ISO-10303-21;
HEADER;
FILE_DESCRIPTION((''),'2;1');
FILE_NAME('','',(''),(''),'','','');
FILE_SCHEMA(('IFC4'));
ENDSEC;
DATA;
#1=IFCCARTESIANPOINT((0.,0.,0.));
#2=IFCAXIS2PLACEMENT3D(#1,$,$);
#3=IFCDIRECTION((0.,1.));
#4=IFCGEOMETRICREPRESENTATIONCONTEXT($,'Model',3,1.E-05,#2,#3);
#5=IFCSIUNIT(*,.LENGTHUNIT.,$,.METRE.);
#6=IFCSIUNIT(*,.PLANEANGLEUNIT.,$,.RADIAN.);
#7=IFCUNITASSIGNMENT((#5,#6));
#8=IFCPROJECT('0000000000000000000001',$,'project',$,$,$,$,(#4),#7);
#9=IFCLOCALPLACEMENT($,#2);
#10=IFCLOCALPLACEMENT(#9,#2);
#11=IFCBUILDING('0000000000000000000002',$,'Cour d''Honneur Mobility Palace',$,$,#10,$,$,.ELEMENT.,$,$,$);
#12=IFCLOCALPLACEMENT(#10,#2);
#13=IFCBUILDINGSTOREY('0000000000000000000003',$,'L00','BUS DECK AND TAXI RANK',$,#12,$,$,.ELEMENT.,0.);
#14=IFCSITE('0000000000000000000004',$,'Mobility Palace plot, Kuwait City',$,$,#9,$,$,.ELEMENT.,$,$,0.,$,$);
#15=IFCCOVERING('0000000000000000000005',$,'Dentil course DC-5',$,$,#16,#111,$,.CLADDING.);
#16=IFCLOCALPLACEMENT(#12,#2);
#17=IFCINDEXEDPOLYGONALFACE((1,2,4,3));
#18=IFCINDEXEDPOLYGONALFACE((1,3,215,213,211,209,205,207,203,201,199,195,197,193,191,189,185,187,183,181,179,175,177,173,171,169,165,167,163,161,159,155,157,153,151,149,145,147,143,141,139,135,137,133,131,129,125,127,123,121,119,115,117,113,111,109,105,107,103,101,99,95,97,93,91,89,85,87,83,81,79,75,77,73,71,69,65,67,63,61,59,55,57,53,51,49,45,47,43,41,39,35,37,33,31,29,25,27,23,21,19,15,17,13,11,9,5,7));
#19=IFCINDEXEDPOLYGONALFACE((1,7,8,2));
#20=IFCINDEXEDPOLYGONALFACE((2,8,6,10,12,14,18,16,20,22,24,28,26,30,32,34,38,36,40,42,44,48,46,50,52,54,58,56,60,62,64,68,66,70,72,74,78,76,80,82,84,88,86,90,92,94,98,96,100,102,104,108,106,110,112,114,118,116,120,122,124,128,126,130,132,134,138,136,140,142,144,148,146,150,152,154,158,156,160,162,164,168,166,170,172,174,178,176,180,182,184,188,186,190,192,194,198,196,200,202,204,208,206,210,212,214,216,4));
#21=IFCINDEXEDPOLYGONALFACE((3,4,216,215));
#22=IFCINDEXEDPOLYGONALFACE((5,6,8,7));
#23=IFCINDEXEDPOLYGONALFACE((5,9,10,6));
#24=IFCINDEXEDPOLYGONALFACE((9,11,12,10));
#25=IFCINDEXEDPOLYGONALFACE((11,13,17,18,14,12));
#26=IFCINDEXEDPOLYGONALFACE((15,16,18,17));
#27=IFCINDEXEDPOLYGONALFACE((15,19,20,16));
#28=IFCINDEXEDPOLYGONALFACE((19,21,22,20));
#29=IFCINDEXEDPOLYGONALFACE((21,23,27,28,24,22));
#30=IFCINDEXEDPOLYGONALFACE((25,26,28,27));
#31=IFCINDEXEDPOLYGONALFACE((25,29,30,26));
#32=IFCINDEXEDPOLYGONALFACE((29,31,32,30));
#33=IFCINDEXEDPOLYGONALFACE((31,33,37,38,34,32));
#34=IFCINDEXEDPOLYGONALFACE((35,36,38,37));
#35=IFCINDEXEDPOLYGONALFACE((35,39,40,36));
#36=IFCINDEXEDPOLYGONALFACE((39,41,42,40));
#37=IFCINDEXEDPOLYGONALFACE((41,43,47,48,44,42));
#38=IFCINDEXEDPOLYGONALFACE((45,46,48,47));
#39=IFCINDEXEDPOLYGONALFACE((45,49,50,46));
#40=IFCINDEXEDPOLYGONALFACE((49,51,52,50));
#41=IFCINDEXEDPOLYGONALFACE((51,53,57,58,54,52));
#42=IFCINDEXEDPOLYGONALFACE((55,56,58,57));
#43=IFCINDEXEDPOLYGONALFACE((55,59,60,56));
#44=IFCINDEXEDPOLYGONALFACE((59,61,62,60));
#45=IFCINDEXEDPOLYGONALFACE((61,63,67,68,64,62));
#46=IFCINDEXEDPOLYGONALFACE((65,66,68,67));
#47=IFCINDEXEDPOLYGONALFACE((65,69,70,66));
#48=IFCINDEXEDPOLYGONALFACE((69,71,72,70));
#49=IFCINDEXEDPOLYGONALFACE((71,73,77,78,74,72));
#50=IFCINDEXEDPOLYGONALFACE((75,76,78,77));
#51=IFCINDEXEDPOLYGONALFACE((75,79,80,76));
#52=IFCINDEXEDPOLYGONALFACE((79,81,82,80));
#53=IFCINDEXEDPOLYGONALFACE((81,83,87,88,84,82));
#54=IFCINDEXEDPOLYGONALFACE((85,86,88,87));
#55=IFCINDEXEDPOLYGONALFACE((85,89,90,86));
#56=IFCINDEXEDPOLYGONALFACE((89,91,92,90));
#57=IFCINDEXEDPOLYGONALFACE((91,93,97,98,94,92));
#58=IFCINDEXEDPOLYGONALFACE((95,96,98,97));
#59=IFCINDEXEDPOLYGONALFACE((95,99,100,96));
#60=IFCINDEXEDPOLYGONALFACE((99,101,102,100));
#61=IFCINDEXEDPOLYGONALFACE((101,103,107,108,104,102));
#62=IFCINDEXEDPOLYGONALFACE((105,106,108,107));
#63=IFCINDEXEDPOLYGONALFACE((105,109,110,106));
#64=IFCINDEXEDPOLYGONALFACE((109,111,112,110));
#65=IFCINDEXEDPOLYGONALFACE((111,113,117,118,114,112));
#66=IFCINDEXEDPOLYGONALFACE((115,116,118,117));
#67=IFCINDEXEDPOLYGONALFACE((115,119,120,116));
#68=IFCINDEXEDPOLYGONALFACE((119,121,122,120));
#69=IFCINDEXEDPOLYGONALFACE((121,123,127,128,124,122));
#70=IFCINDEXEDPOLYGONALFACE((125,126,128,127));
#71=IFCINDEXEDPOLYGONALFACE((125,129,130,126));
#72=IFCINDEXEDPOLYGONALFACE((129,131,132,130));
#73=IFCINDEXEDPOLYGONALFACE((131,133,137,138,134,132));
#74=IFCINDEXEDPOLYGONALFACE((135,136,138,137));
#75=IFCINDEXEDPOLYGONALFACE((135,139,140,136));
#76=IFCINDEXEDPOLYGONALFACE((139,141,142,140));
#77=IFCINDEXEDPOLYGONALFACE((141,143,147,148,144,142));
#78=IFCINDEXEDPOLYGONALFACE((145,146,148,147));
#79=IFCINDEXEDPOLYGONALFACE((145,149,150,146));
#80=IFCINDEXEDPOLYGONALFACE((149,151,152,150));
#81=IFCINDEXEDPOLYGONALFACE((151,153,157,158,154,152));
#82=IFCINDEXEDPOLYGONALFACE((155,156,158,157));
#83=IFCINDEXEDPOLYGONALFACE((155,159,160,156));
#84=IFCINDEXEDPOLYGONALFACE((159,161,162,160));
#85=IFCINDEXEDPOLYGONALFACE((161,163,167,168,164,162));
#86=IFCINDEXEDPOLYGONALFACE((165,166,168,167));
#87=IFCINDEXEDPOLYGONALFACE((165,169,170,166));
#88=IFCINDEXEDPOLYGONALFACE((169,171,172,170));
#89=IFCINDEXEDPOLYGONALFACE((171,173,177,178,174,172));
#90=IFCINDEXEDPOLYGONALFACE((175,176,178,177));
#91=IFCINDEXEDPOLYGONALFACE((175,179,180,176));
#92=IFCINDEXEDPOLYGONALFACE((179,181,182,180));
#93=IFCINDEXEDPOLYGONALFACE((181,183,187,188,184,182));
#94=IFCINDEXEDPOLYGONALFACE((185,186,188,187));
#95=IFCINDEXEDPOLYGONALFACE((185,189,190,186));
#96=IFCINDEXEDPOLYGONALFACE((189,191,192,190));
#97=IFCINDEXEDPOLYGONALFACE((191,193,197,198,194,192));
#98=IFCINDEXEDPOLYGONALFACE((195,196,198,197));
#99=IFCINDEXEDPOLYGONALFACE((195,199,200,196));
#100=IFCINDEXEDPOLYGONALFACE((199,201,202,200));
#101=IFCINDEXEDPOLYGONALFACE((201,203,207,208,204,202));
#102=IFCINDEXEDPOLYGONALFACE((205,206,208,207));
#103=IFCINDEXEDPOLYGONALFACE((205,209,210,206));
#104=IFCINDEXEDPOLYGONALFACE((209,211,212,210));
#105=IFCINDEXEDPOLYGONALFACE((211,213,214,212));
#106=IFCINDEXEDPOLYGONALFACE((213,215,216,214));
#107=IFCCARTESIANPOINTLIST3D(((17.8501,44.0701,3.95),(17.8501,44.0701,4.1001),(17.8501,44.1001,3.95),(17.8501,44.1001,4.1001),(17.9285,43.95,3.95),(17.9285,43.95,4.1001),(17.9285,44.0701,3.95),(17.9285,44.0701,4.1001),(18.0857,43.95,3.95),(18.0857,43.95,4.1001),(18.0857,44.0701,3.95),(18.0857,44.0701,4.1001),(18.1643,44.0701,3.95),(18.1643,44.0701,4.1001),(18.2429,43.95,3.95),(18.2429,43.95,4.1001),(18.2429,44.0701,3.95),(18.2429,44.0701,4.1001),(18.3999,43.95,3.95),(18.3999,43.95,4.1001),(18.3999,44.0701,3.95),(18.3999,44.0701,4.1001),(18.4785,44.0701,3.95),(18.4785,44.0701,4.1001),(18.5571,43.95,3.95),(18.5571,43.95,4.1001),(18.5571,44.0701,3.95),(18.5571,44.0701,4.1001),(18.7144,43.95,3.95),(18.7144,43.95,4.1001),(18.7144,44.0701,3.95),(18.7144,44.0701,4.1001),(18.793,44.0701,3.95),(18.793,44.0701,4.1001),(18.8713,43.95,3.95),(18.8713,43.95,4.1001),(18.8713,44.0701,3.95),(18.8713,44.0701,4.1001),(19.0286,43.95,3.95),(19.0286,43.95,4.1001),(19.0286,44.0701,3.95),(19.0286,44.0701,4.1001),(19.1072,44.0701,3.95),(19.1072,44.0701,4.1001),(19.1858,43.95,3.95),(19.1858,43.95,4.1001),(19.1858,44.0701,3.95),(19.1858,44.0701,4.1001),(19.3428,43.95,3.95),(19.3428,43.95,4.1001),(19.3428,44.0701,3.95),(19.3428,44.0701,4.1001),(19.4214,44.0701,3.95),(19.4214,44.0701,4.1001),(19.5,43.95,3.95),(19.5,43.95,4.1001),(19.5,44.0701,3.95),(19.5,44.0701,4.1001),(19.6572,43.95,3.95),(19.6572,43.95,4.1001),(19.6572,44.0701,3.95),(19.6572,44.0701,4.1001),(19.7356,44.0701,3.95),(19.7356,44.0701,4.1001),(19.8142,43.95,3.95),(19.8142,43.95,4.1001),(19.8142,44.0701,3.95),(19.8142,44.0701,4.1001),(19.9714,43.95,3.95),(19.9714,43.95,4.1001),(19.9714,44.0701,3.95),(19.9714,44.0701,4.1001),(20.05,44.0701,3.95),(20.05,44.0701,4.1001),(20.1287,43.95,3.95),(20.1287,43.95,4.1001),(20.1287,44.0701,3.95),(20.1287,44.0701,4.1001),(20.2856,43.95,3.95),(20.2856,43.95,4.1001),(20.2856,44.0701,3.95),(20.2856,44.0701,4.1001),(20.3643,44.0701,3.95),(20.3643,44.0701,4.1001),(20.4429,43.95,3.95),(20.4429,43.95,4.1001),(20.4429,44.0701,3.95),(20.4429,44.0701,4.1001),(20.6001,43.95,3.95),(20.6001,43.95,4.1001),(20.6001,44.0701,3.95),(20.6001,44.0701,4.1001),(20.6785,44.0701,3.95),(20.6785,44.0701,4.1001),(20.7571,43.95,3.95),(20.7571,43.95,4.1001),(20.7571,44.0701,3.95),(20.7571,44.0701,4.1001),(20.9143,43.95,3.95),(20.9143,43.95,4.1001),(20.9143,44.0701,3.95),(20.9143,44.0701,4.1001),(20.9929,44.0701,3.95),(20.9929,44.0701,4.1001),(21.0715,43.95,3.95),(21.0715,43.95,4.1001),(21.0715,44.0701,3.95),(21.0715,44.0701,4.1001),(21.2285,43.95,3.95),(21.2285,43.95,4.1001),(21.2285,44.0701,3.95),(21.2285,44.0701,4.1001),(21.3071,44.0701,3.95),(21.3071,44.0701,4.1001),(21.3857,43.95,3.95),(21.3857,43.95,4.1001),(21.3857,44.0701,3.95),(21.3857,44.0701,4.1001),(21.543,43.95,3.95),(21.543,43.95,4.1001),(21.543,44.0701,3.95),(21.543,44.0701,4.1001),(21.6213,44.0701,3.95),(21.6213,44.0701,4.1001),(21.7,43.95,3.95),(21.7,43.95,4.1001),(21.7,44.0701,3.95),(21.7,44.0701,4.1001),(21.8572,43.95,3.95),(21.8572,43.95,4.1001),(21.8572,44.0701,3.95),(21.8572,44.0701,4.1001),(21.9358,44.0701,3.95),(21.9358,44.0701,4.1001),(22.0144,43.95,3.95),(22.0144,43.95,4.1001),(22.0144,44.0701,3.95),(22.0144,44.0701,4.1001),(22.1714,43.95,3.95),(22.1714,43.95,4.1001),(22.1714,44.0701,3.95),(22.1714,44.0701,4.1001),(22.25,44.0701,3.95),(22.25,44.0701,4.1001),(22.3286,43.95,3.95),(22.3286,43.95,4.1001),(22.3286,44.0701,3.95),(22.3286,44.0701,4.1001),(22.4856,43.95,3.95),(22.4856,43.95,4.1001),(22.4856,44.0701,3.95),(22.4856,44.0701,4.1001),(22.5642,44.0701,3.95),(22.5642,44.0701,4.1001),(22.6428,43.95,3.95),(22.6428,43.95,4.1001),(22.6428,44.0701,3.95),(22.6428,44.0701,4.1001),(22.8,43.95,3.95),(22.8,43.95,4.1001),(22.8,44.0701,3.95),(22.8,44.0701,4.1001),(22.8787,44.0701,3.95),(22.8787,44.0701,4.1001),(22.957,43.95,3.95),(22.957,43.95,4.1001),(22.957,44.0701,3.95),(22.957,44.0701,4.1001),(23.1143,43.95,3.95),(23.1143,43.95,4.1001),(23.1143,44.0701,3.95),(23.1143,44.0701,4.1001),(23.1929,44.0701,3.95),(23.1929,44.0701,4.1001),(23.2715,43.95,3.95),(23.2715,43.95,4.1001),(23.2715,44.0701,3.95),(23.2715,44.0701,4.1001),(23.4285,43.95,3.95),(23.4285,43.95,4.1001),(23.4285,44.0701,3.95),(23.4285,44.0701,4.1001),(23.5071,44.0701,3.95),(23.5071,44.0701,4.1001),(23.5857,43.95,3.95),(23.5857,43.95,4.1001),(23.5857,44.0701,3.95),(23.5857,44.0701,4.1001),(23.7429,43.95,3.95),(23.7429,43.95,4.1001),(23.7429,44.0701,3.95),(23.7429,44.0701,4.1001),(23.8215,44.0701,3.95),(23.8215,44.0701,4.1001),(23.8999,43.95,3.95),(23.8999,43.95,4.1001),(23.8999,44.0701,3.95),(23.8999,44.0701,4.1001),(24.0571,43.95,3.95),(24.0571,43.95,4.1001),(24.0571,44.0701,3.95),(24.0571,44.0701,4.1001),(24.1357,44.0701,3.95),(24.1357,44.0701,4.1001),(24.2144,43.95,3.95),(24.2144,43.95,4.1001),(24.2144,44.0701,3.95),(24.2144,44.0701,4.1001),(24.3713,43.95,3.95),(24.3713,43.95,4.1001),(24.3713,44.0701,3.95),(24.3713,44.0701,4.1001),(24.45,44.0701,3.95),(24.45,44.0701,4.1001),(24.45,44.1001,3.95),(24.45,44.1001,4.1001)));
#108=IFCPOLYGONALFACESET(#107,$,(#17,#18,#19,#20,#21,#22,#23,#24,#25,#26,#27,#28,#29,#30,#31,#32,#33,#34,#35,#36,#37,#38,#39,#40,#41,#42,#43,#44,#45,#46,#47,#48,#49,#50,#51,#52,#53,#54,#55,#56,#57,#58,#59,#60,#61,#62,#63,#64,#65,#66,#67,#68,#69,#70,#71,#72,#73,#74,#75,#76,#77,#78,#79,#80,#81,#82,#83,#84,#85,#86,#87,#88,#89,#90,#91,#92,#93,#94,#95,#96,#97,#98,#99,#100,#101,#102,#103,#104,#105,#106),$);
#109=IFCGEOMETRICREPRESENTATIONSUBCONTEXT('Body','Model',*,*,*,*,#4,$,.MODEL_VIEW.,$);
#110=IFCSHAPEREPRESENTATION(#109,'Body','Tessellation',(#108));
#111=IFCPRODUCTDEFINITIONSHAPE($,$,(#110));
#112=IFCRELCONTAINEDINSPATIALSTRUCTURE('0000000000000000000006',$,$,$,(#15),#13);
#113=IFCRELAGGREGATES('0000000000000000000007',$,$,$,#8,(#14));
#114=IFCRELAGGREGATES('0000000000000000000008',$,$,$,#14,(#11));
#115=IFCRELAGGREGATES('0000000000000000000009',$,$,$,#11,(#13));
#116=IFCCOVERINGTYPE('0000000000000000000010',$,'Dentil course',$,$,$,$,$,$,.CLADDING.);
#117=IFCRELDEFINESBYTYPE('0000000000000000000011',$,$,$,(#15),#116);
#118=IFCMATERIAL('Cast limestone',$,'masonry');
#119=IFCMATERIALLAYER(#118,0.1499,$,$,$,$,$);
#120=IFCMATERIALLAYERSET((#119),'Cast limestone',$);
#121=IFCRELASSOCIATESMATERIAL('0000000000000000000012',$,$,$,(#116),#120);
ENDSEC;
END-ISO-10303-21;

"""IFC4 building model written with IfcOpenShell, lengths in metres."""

from ifc_helpers import new_model, si_unit, direction, frame, origin, place, context, subcontext, project, spatial, polyline, outline, extrude, material, layer, layer_set, type_object, element, save


model = new_model("IFC4")

# Units and contexts
model_context = context("Model", 3, precision=1e-05, world=origin(), true_north=direction((0.0, 1.0)))
body_context = subcontext(model_context, "Body", "Model", "MODEL_VIEW")
ifc_project = project(units=[si_unit("LENGTHUNIT", "METRE"), si_unit("PLANEANGLEUNIT", "RADIAN")], contexts=[model_context])

# Site, building, storey
site_placement = place(None, origin())
site = spatial("IfcSite", under=ifc_project, at=site_placement, Name="Mobility Palace plot, Kuwait City", CompositionType="ELEMENT", RefElevation=0.0)
building_placement = place(site_placement, origin())
building = spatial("IfcBuilding", under=site, at=building_placement, Name="Cour d'Honneur Mobility Palace", CompositionType="ELEMENT")
storey_placement = place(building_placement, origin())
storey = spatial("IfcBuildingStorey", under=building, at=storey_placement, Name="L00", Description="BUS DECK AND TAXI RANK", CompositionType="ELEMENT", Elevation=0.0)

# Covering
ifc_material = material(Name="Cast limestone", Category="masonry")
ifc_layer = layer(ifc_material, 0.1499)
ifc_layer_set = layer_set([ifc_layer], Name="Cast limestone")
covering_type = type_object("IfcCoveringType", Name="Dentil course", PredefinedType="CLADDING", material=ifc_layer_set)
covering_1_placement = place(storey_placement, frame((0.0, 0.0, 3.95)))
element("IfcCovering", 1, at=covering_1_placement, inside=storey, type_object=covering_type, Name="Dentil course DC-5", PredefinedType="CLADDING", context=body_context, shape_type="SweptSolid", body=[
    extrude(outline(polyline([(17.8501, 44.1001), (24.45, 44.1001), (24.45, 44.0701), (24.45, 44.0701), (24.3713, 44.0701), (24.3713, 43.95), (24.2144, 43.95), (24.2144, 44.0701), (24.1357, 44.0701), (24.1357, 44.0701), (24.0571, 44.0701), (24.0571, 43.95), (23.8999, 43.95), (23.8999, 44.0701), (23.8215, 44.0701), (23.8215, 44.0701), (23.7429, 44.0701), (23.7429, 43.95), (23.5857, 43.95), (23.5857, 44.0701), (23.5071, 44.0701), (23.5071, 44.0701), (23.4285, 44.0701), (23.4285, 43.95), (23.2715, 43.95), (23.2715, 44.0701), (23.1929, 44.0701), (23.1929, 44.0701), (23.1143, 44.0701), (23.1143, 43.95), (22.957, 43.95), (22.957, 44.0701), (22.8787, 44.0701), (22.8787, 44.0701), (22.8, 44.0701), (22.8, 43.95), (22.6428, 43.95), (22.6428, 44.0701), (22.5642, 44.0701), (22.5642, 44.0701), (22.4856, 44.0701), (22.4856, 43.95), (22.3286, 43.95), (22.3286, 44.0701), (22.25, 44.0701), (22.25, 44.0701), (22.1714, 44.0701), (22.1714, 43.95), (22.0144, 43.95), (22.0144, 44.0701), (21.9358, 44.0701), (21.9358, 44.0701), (21.8572, 44.0701), (21.8572, 43.95), (21.7, 43.95), (21.7, 44.0701), (21.6213, 44.0701), (21.6213, 44.0701), (21.543, 44.0701), (21.543, 43.95), (21.3857, 43.95), (21.3857, 44.0701), (21.3071, 44.0701), (21.3071, 44.0701), (21.2285, 44.0701), (21.2285, 43.95), (21.0715, 43.95), (21.0715, 44.0701), (20.9929, 44.0701), (20.9929, 44.0701), (20.9143, 44.0701), (20.9143, 43.95), (20.7571, 43.95), (20.7571, 44.0701), (20.6785, 44.0701), (20.6785, 44.0701), (20.6001, 44.0701), (20.6001, 43.95), (20.4429, 43.95), (20.4429, 44.0701), (20.3643, 44.0701), (20.3643, 44.0701), (20.2856, 44.0701), (20.2856, 43.95), (20.1287, 43.95), (20.1287, 44.0701), (20.05, 44.0701), (20.05, 44.0701), (19.9714, 44.0701), (19.9714, 43.95), (19.8142, 43.95), (19.8142, 44.0701), (19.7356, 44.0701), (19.7356, 44.0701), (19.6572, 44.0701), (19.6572, 43.95), (19.5, 43.95), (19.5, 44.0701), (19.4214, 44.0701), (19.4214, 44.0701), (19.3428, 44.0701), (19.3428, 43.95), (19.1858, 43.95), (19.1858, 44.0701), (19.1072, 44.0701), (19.1072, 44.0701), (19.0286, 44.0701), (19.0286, 43.95), (18.8713, 43.95), (18.8713, 44.0701), (18.793, 44.0701), (18.793, 44.0701), (18.7144, 44.0701), (18.7144, 43.95), (18.5571, 43.95), (18.5571, 44.0701), (18.4785, 44.0701), (18.4785, 44.0701), (18.3999, 44.0701), (18.3999, 43.95), (18.2429, 43.95), (18.2429, 44.0701), (18.1643, 44.0701), (18.1643, 44.0701), (18.0857, 44.0701), (18.0857, 43.95), (17.9285, 43.95), (17.9285, 44.0701), (17.8501, 44.0701), (17.8501, 44.1001)])), origin(), (0.0, 0.0, 1.0), 0.1501),
])

save(model, "model.ifc")
